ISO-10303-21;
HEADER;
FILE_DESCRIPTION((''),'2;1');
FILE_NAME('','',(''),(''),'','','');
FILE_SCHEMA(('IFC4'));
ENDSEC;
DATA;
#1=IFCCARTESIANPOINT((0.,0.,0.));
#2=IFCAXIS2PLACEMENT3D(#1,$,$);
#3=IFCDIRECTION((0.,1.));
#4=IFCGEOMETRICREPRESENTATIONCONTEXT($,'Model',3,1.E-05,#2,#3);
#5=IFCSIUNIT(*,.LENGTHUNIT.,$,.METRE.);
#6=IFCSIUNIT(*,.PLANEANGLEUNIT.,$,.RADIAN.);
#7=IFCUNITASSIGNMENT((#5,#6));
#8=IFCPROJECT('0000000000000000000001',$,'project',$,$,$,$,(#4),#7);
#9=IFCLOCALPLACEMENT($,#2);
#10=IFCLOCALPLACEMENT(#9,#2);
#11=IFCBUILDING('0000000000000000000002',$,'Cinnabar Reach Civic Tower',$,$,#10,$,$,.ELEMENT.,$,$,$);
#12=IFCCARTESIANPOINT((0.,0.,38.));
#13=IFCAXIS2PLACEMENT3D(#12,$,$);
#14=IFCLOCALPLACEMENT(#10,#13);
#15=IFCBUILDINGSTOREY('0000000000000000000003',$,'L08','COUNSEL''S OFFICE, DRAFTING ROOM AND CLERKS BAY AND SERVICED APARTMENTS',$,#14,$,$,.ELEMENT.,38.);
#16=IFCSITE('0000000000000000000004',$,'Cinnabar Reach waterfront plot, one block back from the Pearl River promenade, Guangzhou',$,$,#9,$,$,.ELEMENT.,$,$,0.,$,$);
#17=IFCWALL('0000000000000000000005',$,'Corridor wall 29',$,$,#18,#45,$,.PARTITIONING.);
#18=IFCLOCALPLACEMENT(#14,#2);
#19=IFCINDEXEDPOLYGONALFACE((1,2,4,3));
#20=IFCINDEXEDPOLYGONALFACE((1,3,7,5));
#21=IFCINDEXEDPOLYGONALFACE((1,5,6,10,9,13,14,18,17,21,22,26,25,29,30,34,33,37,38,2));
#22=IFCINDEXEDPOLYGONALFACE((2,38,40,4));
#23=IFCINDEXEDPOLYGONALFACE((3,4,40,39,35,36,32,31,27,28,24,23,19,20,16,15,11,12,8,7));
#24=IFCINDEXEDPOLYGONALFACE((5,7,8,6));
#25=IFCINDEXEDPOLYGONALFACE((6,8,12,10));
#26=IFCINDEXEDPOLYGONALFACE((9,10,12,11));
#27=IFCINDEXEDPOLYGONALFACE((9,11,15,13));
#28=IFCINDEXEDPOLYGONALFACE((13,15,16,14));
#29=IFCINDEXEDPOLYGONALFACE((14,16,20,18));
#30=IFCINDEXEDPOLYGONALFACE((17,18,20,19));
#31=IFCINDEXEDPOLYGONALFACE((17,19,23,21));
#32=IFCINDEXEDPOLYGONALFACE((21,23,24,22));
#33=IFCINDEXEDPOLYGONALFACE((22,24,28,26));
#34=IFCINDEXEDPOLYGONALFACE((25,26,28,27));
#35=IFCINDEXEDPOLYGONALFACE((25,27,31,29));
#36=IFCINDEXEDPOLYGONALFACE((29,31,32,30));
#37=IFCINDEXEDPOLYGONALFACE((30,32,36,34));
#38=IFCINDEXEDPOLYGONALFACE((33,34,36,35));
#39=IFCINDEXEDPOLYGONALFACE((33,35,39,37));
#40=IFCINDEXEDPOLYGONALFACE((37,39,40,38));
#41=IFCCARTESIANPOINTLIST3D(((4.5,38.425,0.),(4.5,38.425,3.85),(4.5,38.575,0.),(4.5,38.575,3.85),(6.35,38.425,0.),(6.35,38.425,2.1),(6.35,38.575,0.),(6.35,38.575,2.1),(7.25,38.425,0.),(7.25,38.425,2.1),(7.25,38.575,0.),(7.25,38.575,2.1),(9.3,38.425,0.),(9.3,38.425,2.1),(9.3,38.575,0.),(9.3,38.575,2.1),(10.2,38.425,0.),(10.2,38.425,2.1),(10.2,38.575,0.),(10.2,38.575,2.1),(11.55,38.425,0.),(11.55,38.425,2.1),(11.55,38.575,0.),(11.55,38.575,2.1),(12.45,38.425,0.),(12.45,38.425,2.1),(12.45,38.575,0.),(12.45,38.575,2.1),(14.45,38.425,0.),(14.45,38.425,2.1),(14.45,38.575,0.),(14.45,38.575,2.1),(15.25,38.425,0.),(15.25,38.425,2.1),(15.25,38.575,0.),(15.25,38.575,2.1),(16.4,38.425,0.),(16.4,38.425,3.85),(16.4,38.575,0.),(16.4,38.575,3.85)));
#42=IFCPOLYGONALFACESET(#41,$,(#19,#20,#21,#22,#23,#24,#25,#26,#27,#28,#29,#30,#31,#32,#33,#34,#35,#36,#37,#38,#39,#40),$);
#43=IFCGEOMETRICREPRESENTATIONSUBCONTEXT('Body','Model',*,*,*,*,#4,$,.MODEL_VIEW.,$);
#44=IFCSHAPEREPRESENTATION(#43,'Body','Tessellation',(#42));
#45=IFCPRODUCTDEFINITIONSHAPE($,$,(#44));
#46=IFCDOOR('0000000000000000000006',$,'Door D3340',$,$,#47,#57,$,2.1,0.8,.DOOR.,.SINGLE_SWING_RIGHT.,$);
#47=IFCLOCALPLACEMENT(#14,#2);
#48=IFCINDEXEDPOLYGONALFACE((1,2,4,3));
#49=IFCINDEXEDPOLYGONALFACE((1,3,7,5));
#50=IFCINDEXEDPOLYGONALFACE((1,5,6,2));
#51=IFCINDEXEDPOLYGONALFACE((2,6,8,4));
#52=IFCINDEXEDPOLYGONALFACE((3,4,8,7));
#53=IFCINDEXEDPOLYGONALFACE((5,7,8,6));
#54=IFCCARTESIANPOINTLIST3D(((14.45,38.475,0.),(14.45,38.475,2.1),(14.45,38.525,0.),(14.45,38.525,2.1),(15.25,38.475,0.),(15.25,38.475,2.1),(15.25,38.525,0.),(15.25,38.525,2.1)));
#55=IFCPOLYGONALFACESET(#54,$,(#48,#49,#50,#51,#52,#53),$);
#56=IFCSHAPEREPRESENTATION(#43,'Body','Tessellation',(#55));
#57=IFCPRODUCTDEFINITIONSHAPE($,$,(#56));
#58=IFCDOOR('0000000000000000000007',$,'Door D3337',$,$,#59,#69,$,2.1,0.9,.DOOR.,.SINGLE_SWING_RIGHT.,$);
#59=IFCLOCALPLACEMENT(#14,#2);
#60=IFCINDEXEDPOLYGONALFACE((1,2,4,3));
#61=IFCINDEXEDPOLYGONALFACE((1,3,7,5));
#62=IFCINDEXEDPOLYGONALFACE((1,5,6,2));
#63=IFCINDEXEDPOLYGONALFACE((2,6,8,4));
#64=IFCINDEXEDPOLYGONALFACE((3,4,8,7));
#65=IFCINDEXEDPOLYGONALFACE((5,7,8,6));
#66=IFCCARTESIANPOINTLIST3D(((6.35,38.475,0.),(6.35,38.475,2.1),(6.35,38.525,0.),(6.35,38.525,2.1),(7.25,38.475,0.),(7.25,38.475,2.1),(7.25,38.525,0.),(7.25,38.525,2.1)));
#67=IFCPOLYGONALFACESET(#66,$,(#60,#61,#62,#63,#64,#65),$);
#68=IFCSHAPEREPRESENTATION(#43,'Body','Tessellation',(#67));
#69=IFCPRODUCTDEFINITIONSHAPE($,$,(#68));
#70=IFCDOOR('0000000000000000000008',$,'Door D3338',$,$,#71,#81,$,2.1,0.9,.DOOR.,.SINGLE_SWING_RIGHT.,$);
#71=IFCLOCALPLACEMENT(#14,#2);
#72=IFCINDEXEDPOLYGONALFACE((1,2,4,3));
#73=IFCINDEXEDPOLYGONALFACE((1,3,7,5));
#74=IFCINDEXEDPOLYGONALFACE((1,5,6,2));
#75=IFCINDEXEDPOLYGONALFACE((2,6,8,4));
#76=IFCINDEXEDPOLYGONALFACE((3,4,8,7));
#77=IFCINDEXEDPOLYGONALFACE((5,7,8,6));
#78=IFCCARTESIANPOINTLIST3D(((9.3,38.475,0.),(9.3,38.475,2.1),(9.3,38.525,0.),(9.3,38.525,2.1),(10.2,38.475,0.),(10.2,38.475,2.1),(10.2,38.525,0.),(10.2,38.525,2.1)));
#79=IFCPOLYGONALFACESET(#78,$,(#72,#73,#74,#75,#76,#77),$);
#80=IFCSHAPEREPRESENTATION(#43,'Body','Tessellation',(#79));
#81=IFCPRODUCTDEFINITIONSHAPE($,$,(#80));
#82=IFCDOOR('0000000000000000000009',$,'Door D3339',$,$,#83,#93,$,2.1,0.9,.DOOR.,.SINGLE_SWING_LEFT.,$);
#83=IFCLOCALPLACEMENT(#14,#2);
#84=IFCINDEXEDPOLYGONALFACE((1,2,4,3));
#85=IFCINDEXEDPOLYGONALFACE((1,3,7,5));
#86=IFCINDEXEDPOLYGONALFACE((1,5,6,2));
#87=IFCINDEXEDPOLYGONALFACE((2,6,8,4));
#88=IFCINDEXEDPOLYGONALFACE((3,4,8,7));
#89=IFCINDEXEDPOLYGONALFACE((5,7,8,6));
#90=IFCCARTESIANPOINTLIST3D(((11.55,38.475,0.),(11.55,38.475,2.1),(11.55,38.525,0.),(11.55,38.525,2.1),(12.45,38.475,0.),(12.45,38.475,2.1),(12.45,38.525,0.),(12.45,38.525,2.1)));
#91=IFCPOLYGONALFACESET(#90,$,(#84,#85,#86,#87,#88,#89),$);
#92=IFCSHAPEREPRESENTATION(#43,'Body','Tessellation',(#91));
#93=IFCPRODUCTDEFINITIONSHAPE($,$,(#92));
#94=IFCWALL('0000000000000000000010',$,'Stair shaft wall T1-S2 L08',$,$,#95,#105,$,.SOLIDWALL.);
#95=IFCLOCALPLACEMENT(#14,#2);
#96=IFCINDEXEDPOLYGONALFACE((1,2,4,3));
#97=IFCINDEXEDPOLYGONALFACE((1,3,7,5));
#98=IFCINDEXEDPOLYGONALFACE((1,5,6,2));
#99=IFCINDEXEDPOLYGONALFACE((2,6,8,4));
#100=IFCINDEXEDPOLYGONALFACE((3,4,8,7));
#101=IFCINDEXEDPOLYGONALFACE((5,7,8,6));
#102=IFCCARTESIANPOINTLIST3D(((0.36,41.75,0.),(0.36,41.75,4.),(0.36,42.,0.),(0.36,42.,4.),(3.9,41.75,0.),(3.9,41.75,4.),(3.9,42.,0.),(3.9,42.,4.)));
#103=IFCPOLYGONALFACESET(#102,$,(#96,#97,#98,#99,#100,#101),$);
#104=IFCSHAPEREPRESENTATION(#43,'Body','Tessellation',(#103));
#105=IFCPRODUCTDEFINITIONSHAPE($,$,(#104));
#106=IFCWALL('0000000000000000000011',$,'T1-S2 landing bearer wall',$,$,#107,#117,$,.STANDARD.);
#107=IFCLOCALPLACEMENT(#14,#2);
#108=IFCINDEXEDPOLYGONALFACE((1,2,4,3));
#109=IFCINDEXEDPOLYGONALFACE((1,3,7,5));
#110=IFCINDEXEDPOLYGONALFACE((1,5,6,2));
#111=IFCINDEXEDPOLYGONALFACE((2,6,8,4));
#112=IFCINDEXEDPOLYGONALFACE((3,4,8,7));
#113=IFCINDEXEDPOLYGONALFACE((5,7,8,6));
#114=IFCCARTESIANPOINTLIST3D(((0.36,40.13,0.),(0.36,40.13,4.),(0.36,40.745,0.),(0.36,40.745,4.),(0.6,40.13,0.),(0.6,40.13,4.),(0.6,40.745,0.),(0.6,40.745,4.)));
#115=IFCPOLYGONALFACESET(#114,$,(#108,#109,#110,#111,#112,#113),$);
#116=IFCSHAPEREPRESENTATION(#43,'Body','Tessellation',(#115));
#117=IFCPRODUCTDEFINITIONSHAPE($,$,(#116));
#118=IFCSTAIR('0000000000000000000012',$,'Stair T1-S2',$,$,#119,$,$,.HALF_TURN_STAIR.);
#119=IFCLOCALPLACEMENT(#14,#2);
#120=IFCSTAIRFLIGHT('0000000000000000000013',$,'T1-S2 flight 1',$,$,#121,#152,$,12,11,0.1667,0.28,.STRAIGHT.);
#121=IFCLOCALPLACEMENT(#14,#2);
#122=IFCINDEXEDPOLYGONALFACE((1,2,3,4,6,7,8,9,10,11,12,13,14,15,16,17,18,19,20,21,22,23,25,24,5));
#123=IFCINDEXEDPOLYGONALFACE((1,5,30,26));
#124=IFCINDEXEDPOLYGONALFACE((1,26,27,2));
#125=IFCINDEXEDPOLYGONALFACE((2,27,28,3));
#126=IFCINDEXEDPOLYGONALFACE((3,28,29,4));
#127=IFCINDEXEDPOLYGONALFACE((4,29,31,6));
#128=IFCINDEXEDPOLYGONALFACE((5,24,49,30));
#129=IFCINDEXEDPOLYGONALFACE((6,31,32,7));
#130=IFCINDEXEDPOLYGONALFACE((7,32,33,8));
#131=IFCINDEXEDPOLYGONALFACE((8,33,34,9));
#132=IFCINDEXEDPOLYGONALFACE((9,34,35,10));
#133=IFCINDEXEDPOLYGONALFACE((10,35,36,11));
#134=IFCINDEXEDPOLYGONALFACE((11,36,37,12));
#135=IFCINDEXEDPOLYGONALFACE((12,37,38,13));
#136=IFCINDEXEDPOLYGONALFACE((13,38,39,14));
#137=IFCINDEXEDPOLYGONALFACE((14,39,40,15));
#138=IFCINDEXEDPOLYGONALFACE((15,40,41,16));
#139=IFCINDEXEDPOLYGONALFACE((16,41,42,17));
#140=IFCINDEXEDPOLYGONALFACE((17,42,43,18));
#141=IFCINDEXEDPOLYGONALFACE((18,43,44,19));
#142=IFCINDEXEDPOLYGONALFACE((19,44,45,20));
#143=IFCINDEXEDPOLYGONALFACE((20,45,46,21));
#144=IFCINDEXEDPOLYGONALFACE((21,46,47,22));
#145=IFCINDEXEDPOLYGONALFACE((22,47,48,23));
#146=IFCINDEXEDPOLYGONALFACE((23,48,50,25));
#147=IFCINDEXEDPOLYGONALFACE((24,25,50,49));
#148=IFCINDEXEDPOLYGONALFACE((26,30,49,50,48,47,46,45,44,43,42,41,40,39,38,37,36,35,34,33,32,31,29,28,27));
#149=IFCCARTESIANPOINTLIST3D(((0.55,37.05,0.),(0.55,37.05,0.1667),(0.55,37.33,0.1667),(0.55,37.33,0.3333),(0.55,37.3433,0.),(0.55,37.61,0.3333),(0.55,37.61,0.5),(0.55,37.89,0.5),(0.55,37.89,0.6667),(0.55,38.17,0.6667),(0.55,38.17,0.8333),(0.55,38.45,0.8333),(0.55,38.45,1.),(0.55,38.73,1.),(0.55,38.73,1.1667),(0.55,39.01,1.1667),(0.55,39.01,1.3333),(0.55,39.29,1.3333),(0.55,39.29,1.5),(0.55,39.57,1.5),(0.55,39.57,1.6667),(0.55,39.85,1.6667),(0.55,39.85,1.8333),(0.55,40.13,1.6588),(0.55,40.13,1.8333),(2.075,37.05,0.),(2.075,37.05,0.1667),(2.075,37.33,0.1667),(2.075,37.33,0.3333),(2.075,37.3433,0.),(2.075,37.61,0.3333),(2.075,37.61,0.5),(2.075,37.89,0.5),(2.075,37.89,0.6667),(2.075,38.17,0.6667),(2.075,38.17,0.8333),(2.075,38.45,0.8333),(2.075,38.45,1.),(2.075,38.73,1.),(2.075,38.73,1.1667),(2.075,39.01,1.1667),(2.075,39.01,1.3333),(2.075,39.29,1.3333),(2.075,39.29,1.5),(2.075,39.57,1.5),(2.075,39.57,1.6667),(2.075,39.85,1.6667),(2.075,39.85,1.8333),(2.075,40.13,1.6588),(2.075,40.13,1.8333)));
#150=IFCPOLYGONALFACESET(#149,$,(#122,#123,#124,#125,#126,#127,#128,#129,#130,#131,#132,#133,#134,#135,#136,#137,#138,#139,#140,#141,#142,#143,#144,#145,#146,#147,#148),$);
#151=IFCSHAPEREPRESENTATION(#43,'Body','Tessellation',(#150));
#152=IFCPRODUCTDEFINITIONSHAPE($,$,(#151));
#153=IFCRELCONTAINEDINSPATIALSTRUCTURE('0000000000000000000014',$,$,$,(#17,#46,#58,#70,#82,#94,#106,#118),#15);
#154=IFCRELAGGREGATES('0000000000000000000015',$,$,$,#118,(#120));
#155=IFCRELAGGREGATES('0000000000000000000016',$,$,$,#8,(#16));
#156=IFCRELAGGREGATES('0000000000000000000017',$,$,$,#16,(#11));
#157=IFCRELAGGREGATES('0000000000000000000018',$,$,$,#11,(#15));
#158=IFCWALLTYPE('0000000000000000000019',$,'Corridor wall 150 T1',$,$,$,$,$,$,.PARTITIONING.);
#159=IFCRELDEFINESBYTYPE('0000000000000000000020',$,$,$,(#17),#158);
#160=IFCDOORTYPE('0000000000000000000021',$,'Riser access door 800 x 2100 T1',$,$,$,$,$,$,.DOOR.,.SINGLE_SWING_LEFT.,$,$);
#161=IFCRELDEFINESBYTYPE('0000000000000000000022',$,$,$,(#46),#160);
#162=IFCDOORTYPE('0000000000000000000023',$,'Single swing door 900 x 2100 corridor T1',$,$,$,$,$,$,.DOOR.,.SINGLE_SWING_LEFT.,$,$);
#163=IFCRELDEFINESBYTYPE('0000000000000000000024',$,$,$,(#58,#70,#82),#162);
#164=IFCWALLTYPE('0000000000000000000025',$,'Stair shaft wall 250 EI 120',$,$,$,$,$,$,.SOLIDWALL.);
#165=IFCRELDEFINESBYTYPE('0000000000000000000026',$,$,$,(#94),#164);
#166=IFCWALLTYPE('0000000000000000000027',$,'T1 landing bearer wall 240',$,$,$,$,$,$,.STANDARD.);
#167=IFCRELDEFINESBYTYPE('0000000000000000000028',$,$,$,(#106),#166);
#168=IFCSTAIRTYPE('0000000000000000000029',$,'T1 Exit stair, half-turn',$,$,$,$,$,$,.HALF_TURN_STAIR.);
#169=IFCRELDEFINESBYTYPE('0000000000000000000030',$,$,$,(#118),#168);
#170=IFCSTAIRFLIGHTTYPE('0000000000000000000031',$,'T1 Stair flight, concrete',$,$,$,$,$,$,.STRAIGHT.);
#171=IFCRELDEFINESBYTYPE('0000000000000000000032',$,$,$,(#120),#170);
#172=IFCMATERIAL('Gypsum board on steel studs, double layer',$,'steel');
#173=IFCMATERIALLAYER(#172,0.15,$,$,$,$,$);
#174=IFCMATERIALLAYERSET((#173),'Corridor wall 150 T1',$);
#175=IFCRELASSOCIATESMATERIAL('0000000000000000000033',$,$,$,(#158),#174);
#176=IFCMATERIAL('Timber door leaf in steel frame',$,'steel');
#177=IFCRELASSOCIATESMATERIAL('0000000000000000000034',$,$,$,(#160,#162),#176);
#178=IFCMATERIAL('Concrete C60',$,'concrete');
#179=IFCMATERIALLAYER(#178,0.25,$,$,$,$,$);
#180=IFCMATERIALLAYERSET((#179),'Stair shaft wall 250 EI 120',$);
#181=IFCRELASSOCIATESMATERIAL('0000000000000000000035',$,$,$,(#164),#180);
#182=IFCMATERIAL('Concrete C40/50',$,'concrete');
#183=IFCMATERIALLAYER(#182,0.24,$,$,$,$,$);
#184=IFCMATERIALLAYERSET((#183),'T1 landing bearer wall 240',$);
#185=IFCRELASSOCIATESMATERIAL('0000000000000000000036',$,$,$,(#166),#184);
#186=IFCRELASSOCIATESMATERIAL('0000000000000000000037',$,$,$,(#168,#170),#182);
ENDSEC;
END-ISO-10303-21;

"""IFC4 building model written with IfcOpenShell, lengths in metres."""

from ifc_helpers import new_model, si_unit, direction, frame, frame_2d, origin, place, context, subcontext, project, spatial, polyline, rectangle, outline, extrude, material, layer, layer_set, type_object, element, fill, aggregate, save


model = new_model("IFC4")

# Units and contexts
model_context = context("Model", 3, precision=1e-05, world=origin(), true_north=direction((0.0, 1.0)))
body_context = subcontext(model_context, "Body", "Model", "MODEL_VIEW")
ifc_project = project(units=[si_unit("LENGTHUNIT", "METRE"), si_unit("PLANEANGLEUNIT", "RADIAN")], contexts=[model_context])

# Site, building, storey
site_placement = place(None, origin())
site = spatial("IfcSite", under=ifc_project, at=site_placement, Name="Cinnabar Reach waterfront plot, one block back from the Pearl River promenade, Guangzhou", CompositionType="ELEMENT", RefElevation=0.0)
building_placement = place(site_placement, origin())
building = spatial("IfcBuilding", under=site, at=building_placement, Name="Cinnabar Reach Civic Tower", CompositionType="ELEMENT")
storey_placement = place(building_placement, frame((0.0, 0.0, 38.0)))
storey = spatial("IfcBuildingStorey", under=building, at=storey_placement, Name="L08", Description="COUNSEL'S OFFICE, DRAFTING ROOM AND CLERKS BAY AND SERVICED APARTMENTS", CompositionType="ELEMENT", Elevation=38.0)

# Shared definitions
ifc_material_1 = material(Name="Timber door leaf in steel frame", Category="steel")

# Wall, openings, doors
ifc_material_2 = material(Name="Gypsum board on steel studs, double layer", Category="steel")
ifc_layer_1 = layer(ifc_material_2, 0.15)
ifc_layer_set_1 = layer_set([ifc_layer_1], Name="Corridor wall 150 T1")
wall_type_1 = type_object("IfcWallType", Name="Corridor wall 150 T1", PredefinedType="PARTITIONING", material=ifc_layer_set_1)
wall_1_placement = place(storey_placement, frame((4.5, 38.5, 0.0), z_axis=(0.0, 0.0, 1.0), x_axis=(1.0, 0.0, 0.0)))
wall_1 = element("IfcWall", 1, at=wall_1_placement, inside=storey, type_object=wall_type_1, Name="Corridor wall 29", PredefinedType="PARTITIONING", context=body_context, shape_type="SweptSolid", body=[
    extrude(rectangle(XDim=11.9, YDim=0.15, at=frame_2d((5.95, 0.0))), origin(), (0.0, 0.0, 1.0), 3.85),
])
opening_1_placement = place(wall_1_placement, frame((1.85, 0.0, 0.0)))
opening_1 = element("IfcOpeningElement", 2, at=opening_1_placement, cuts=wall_1, PredefinedType="OPENING", context=body_context, shape_type="SweptSolid", body=[
    extrude(rectangle(XDim=0.9, YDim=2.1, at=frame_2d((0.45, 1.05))), frame((0.0, 0.085, 0.0), z_axis=(0.0, -1.0, 0.0), x_axis=(1.0, 0.0, 0.0)), (0.0, 0.0, 1.0), 0.17),
])
opening_2_placement = place(wall_1_placement, frame((4.8, 0.0, 0.0)))
opening_2 = element("IfcOpeningElement", 3, at=opening_2_placement, cuts=wall_1, PredefinedType="OPENING", context=body_context, shape_type="SweptSolid", body=[
    extrude(rectangle(XDim=0.9, YDim=2.1, at=frame_2d((0.45, 1.05))), frame((0.0, 0.085, 0.0), z_axis=(0.0, -1.0, 0.0), x_axis=(1.0, 0.0, 0.0)), (0.0, 0.0, 1.0), 0.17),
])
opening_3_placement = place(wall_1_placement, frame((7.05, 0.0, 0.0)))
opening_3 = element("IfcOpeningElement", 4, at=opening_3_placement, cuts=wall_1, PredefinedType="OPENING", context=body_context, shape_type="SweptSolid", body=[
    extrude(rectangle(XDim=0.9, YDim=2.1, at=frame_2d((0.45, 1.05))), frame((0.0, 0.085, 0.0), z_axis=(0.0, -1.0, 0.0), x_axis=(1.0, 0.0, 0.0)), (0.0, 0.0, 1.0), 0.17),
])
opening_4_placement = place(wall_1_placement, frame((9.95, 0.0, 0.0)))
opening_4 = element("IfcOpeningElement", 5, at=opening_4_placement, cuts=wall_1, PredefinedType="OPENING", context=body_context, shape_type="SweptSolid", body=[
    extrude(rectangle(XDim=0.8, YDim=2.1, at=frame_2d((0.4, 1.05))), frame((0.0, 0.085, 0.0), z_axis=(0.0, -1.0, 0.0), x_axis=(1.0, 0.0, 0.0)), (0.0, 0.0, 1.0), 0.17),
])
door_type_1 = type_object("IfcDoorType", Name="Riser access door 800 x 2100 T1", OperationType="SINGLE_SWING_LEFT", PredefinedType="DOOR", material=ifc_material_1)
door_1_placement = place(opening_4_placement, origin())
door_1 = element("IfcDoor", 6, at=door_1_placement, inside=storey, type_object=door_type_1, Name="Door D3340", OperationType="SINGLE_SWING_RIGHT", OverallHeight=2.1, OverallWidth=0.8, PredefinedType="DOOR", context=body_context, shape_type="SweptSolid", body=[
    extrude(rectangle(XDim=0.8, YDim=2.1, at=frame_2d((0.4, 1.05))), frame((0.0, 0.025, 0.0), z_axis=(0.0, -1.0, 0.0), x_axis=(1.0, 0.0, 0.0)), (0.0, 0.0, 1.0), 0.05),
])
fill(opening_4, door_1)
door_type_2 = type_object("IfcDoorType", Name="Single swing door 900 x 2100 corridor T1", OperationType="SINGLE_SWING_LEFT", PredefinedType="DOOR", material=ifc_material_1)
door_2_placement = place(opening_1_placement, origin())
door_2 = element("IfcDoor", 7, at=door_2_placement, inside=storey, type_object=door_type_2, Name="Door D3337", OperationType="SINGLE_SWING_RIGHT", OverallHeight=2.1, OverallWidth=0.9, PredefinedType="DOOR", context=body_context, shape_type="SweptSolid", body=[
    extrude(rectangle(XDim=0.9, YDim=2.1, at=frame_2d((0.45, 1.05))), frame((0.0, 0.025, 0.0), z_axis=(0.0, -1.0, 0.0), x_axis=(1.0, 0.0, 0.0)), (0.0, 0.0, 1.0), 0.05),
])
fill(opening_1, door_2)
door_3_placement = place(opening_2_placement, origin())
door_3 = element("IfcDoor", 8, at=door_3_placement, inside=storey, type_object=door_type_2, Name="Door D3338", OperationType="SINGLE_SWING_RIGHT", OverallHeight=2.1, OverallWidth=0.9, PredefinedType="DOOR", context=body_context, shape_type="SweptSolid", body=[
    extrude(rectangle(XDim=0.9, YDim=2.1, at=frame_2d((0.45, 1.05))), frame((0.0, 0.025, 0.0), z_axis=(0.0, -1.0, 0.0), x_axis=(1.0, 0.0, 0.0)), (0.0, 0.0, 1.0), 0.05),
])
fill(opening_2, door_3)
door_4_placement = place(opening_3_placement, origin())
door_4 = element("IfcDoor", 9, at=door_4_placement, inside=storey, type_object=door_type_2, Name="Door D3339", OperationType="SINGLE_SWING_LEFT", OverallHeight=2.1, OverallWidth=0.9, PredefinedType="DOOR", context=body_context, shape_type="SweptSolid", body=[
    extrude(rectangle(XDim=0.9, YDim=2.1, at=frame_2d((0.45, 1.05))), frame((0.0, 0.025, 0.0), z_axis=(0.0, -1.0, 0.0), x_axis=(1.0, 0.0, 0.0)), (0.0, 0.0, 1.0), 0.05),
])
fill(opening_3, door_4)

# Walls
ifc_material_3 = material(Name="Concrete C60", Category="concrete")
ifc_layer_2 = layer(ifc_material_3, 0.25)
ifc_layer_set_2 = layer_set([ifc_layer_2], Name="Stair shaft wall 250 EI 120")
wall_type_2 = type_object("IfcWallType", Name="Stair shaft wall 250 EI 120", PredefinedType="SOLIDWALL", material=ifc_layer_set_2)
wall_2_placement = place(storey_placement, frame((3.9, 41.875, 0.0), z_axis=(0.0, 0.0, 1.0), x_axis=(-1.0, 0.0, 0.0)))
element("IfcWall", 10, at=wall_2_placement, inside=storey, type_object=wall_type_2, Name="Stair shaft wall T1-S2 L08", PredefinedType="SOLIDWALL", context=body_context, shape_type="SweptSolid", body=[
    extrude(rectangle(XDim=3.54, YDim=0.25, at=frame_2d((1.77, 0.0))), origin(), (0.0, 0.0, 1.0), 4.0),
])
ifc_material_4 = material(Name="Concrete C40/50", Category="concrete")
ifc_layer_3 = layer(ifc_material_4, 0.24)
ifc_layer_set_3 = layer_set([ifc_layer_3], Name="T1 landing bearer wall 240")
wall_type_3 = type_object("IfcWallType", Name="T1 landing bearer wall 240", PredefinedType="STANDARD", material=ifc_layer_set_3)
wall_3_placement = place(storey_placement, frame((0.48, 40.13, 0.0), z_axis=(0.0, 0.0, 1.0), x_axis=(0.0, 1.0, 0.0)))
element("IfcWall", 11, at=wall_3_placement, inside=storey, type_object=wall_type_3, Name="T1-S2 landing bearer wall", PredefinedType="STANDARD", context=body_context, shape_type="SweptSolid", body=[
    extrude(rectangle(XDim=0.6151, YDim=0.24, at=frame_2d((0.3075, 0.0))), origin(), (0.0, 0.0, 1.0), 4.0),
])

# Stair, stair flight
stair_type = type_object("IfcStairType", Name="T1 Exit stair, half-turn", PredefinedType="HALF_TURN_STAIR", material=ifc_material_4)
stair_placement = place(storey_placement, origin())
stair = element("IfcStair", 12, at=stair_placement, inside=storey, type_object=stair_type, Name="Stair T1-S2", PredefinedType="HALF_TURN_STAIR")
stair_flight_type = type_object("IfcStairFlightType", Name="T1 Stair flight, concrete", PredefinedType="STRAIGHT", material=ifc_material_4)
stair_flight_1_placement = place(storey_placement, frame((1.3125, 37.05, 0.0), z_axis=(0.0, 0.0, 1.0), x_axis=(0.0, 1.0, 0.0)))
stair_flight_1 = element("IfcStairFlight", 13, at=stair_flight_1_placement, type_object=stair_flight_type, Name="T1-S2 flight 1", NumberOfRisers=12, NumberOfTreads=11, PredefinedType="STRAIGHT", RiserHeight=0.1667, TreadLength=0.28, context=body_context, shape_type="SweptSolid", body=[
    extrude(outline(polyline([(0.0, 0.0), (0.0, 0.1667), (0.28, 0.1667), (0.28, 0.3333), (0.56, 0.3333), (0.56, 0.5), (0.84, 0.5), (0.84, 0.6667), (1.12, 0.6667), (1.12, 0.8333), (1.4, 0.8333), (1.4, 1.0), (1.68, 1.0), (1.68, 1.1667), (1.96, 1.1667), (1.96, 1.3333), (2.24, 1.3333), (2.24, 1.5), (2.52, 1.5), (2.52, 1.6667), (2.8, 1.6667), (2.8, 1.8333), (3.08, 1.8333), (3.08, 2.0), (3.08, 1.6588), (0.2933, 0.0), (0.0, 0.0)])), frame((0.0, 0.7625, 0.0), z_axis=(0.0, -1.0, 0.0), x_axis=(1.0, 0.0, 0.0)), (0.0, 0.0, 1.0), 1.525),
])
aggregate(stair, [stair_flight_1])

save(model, "model.ifc")
